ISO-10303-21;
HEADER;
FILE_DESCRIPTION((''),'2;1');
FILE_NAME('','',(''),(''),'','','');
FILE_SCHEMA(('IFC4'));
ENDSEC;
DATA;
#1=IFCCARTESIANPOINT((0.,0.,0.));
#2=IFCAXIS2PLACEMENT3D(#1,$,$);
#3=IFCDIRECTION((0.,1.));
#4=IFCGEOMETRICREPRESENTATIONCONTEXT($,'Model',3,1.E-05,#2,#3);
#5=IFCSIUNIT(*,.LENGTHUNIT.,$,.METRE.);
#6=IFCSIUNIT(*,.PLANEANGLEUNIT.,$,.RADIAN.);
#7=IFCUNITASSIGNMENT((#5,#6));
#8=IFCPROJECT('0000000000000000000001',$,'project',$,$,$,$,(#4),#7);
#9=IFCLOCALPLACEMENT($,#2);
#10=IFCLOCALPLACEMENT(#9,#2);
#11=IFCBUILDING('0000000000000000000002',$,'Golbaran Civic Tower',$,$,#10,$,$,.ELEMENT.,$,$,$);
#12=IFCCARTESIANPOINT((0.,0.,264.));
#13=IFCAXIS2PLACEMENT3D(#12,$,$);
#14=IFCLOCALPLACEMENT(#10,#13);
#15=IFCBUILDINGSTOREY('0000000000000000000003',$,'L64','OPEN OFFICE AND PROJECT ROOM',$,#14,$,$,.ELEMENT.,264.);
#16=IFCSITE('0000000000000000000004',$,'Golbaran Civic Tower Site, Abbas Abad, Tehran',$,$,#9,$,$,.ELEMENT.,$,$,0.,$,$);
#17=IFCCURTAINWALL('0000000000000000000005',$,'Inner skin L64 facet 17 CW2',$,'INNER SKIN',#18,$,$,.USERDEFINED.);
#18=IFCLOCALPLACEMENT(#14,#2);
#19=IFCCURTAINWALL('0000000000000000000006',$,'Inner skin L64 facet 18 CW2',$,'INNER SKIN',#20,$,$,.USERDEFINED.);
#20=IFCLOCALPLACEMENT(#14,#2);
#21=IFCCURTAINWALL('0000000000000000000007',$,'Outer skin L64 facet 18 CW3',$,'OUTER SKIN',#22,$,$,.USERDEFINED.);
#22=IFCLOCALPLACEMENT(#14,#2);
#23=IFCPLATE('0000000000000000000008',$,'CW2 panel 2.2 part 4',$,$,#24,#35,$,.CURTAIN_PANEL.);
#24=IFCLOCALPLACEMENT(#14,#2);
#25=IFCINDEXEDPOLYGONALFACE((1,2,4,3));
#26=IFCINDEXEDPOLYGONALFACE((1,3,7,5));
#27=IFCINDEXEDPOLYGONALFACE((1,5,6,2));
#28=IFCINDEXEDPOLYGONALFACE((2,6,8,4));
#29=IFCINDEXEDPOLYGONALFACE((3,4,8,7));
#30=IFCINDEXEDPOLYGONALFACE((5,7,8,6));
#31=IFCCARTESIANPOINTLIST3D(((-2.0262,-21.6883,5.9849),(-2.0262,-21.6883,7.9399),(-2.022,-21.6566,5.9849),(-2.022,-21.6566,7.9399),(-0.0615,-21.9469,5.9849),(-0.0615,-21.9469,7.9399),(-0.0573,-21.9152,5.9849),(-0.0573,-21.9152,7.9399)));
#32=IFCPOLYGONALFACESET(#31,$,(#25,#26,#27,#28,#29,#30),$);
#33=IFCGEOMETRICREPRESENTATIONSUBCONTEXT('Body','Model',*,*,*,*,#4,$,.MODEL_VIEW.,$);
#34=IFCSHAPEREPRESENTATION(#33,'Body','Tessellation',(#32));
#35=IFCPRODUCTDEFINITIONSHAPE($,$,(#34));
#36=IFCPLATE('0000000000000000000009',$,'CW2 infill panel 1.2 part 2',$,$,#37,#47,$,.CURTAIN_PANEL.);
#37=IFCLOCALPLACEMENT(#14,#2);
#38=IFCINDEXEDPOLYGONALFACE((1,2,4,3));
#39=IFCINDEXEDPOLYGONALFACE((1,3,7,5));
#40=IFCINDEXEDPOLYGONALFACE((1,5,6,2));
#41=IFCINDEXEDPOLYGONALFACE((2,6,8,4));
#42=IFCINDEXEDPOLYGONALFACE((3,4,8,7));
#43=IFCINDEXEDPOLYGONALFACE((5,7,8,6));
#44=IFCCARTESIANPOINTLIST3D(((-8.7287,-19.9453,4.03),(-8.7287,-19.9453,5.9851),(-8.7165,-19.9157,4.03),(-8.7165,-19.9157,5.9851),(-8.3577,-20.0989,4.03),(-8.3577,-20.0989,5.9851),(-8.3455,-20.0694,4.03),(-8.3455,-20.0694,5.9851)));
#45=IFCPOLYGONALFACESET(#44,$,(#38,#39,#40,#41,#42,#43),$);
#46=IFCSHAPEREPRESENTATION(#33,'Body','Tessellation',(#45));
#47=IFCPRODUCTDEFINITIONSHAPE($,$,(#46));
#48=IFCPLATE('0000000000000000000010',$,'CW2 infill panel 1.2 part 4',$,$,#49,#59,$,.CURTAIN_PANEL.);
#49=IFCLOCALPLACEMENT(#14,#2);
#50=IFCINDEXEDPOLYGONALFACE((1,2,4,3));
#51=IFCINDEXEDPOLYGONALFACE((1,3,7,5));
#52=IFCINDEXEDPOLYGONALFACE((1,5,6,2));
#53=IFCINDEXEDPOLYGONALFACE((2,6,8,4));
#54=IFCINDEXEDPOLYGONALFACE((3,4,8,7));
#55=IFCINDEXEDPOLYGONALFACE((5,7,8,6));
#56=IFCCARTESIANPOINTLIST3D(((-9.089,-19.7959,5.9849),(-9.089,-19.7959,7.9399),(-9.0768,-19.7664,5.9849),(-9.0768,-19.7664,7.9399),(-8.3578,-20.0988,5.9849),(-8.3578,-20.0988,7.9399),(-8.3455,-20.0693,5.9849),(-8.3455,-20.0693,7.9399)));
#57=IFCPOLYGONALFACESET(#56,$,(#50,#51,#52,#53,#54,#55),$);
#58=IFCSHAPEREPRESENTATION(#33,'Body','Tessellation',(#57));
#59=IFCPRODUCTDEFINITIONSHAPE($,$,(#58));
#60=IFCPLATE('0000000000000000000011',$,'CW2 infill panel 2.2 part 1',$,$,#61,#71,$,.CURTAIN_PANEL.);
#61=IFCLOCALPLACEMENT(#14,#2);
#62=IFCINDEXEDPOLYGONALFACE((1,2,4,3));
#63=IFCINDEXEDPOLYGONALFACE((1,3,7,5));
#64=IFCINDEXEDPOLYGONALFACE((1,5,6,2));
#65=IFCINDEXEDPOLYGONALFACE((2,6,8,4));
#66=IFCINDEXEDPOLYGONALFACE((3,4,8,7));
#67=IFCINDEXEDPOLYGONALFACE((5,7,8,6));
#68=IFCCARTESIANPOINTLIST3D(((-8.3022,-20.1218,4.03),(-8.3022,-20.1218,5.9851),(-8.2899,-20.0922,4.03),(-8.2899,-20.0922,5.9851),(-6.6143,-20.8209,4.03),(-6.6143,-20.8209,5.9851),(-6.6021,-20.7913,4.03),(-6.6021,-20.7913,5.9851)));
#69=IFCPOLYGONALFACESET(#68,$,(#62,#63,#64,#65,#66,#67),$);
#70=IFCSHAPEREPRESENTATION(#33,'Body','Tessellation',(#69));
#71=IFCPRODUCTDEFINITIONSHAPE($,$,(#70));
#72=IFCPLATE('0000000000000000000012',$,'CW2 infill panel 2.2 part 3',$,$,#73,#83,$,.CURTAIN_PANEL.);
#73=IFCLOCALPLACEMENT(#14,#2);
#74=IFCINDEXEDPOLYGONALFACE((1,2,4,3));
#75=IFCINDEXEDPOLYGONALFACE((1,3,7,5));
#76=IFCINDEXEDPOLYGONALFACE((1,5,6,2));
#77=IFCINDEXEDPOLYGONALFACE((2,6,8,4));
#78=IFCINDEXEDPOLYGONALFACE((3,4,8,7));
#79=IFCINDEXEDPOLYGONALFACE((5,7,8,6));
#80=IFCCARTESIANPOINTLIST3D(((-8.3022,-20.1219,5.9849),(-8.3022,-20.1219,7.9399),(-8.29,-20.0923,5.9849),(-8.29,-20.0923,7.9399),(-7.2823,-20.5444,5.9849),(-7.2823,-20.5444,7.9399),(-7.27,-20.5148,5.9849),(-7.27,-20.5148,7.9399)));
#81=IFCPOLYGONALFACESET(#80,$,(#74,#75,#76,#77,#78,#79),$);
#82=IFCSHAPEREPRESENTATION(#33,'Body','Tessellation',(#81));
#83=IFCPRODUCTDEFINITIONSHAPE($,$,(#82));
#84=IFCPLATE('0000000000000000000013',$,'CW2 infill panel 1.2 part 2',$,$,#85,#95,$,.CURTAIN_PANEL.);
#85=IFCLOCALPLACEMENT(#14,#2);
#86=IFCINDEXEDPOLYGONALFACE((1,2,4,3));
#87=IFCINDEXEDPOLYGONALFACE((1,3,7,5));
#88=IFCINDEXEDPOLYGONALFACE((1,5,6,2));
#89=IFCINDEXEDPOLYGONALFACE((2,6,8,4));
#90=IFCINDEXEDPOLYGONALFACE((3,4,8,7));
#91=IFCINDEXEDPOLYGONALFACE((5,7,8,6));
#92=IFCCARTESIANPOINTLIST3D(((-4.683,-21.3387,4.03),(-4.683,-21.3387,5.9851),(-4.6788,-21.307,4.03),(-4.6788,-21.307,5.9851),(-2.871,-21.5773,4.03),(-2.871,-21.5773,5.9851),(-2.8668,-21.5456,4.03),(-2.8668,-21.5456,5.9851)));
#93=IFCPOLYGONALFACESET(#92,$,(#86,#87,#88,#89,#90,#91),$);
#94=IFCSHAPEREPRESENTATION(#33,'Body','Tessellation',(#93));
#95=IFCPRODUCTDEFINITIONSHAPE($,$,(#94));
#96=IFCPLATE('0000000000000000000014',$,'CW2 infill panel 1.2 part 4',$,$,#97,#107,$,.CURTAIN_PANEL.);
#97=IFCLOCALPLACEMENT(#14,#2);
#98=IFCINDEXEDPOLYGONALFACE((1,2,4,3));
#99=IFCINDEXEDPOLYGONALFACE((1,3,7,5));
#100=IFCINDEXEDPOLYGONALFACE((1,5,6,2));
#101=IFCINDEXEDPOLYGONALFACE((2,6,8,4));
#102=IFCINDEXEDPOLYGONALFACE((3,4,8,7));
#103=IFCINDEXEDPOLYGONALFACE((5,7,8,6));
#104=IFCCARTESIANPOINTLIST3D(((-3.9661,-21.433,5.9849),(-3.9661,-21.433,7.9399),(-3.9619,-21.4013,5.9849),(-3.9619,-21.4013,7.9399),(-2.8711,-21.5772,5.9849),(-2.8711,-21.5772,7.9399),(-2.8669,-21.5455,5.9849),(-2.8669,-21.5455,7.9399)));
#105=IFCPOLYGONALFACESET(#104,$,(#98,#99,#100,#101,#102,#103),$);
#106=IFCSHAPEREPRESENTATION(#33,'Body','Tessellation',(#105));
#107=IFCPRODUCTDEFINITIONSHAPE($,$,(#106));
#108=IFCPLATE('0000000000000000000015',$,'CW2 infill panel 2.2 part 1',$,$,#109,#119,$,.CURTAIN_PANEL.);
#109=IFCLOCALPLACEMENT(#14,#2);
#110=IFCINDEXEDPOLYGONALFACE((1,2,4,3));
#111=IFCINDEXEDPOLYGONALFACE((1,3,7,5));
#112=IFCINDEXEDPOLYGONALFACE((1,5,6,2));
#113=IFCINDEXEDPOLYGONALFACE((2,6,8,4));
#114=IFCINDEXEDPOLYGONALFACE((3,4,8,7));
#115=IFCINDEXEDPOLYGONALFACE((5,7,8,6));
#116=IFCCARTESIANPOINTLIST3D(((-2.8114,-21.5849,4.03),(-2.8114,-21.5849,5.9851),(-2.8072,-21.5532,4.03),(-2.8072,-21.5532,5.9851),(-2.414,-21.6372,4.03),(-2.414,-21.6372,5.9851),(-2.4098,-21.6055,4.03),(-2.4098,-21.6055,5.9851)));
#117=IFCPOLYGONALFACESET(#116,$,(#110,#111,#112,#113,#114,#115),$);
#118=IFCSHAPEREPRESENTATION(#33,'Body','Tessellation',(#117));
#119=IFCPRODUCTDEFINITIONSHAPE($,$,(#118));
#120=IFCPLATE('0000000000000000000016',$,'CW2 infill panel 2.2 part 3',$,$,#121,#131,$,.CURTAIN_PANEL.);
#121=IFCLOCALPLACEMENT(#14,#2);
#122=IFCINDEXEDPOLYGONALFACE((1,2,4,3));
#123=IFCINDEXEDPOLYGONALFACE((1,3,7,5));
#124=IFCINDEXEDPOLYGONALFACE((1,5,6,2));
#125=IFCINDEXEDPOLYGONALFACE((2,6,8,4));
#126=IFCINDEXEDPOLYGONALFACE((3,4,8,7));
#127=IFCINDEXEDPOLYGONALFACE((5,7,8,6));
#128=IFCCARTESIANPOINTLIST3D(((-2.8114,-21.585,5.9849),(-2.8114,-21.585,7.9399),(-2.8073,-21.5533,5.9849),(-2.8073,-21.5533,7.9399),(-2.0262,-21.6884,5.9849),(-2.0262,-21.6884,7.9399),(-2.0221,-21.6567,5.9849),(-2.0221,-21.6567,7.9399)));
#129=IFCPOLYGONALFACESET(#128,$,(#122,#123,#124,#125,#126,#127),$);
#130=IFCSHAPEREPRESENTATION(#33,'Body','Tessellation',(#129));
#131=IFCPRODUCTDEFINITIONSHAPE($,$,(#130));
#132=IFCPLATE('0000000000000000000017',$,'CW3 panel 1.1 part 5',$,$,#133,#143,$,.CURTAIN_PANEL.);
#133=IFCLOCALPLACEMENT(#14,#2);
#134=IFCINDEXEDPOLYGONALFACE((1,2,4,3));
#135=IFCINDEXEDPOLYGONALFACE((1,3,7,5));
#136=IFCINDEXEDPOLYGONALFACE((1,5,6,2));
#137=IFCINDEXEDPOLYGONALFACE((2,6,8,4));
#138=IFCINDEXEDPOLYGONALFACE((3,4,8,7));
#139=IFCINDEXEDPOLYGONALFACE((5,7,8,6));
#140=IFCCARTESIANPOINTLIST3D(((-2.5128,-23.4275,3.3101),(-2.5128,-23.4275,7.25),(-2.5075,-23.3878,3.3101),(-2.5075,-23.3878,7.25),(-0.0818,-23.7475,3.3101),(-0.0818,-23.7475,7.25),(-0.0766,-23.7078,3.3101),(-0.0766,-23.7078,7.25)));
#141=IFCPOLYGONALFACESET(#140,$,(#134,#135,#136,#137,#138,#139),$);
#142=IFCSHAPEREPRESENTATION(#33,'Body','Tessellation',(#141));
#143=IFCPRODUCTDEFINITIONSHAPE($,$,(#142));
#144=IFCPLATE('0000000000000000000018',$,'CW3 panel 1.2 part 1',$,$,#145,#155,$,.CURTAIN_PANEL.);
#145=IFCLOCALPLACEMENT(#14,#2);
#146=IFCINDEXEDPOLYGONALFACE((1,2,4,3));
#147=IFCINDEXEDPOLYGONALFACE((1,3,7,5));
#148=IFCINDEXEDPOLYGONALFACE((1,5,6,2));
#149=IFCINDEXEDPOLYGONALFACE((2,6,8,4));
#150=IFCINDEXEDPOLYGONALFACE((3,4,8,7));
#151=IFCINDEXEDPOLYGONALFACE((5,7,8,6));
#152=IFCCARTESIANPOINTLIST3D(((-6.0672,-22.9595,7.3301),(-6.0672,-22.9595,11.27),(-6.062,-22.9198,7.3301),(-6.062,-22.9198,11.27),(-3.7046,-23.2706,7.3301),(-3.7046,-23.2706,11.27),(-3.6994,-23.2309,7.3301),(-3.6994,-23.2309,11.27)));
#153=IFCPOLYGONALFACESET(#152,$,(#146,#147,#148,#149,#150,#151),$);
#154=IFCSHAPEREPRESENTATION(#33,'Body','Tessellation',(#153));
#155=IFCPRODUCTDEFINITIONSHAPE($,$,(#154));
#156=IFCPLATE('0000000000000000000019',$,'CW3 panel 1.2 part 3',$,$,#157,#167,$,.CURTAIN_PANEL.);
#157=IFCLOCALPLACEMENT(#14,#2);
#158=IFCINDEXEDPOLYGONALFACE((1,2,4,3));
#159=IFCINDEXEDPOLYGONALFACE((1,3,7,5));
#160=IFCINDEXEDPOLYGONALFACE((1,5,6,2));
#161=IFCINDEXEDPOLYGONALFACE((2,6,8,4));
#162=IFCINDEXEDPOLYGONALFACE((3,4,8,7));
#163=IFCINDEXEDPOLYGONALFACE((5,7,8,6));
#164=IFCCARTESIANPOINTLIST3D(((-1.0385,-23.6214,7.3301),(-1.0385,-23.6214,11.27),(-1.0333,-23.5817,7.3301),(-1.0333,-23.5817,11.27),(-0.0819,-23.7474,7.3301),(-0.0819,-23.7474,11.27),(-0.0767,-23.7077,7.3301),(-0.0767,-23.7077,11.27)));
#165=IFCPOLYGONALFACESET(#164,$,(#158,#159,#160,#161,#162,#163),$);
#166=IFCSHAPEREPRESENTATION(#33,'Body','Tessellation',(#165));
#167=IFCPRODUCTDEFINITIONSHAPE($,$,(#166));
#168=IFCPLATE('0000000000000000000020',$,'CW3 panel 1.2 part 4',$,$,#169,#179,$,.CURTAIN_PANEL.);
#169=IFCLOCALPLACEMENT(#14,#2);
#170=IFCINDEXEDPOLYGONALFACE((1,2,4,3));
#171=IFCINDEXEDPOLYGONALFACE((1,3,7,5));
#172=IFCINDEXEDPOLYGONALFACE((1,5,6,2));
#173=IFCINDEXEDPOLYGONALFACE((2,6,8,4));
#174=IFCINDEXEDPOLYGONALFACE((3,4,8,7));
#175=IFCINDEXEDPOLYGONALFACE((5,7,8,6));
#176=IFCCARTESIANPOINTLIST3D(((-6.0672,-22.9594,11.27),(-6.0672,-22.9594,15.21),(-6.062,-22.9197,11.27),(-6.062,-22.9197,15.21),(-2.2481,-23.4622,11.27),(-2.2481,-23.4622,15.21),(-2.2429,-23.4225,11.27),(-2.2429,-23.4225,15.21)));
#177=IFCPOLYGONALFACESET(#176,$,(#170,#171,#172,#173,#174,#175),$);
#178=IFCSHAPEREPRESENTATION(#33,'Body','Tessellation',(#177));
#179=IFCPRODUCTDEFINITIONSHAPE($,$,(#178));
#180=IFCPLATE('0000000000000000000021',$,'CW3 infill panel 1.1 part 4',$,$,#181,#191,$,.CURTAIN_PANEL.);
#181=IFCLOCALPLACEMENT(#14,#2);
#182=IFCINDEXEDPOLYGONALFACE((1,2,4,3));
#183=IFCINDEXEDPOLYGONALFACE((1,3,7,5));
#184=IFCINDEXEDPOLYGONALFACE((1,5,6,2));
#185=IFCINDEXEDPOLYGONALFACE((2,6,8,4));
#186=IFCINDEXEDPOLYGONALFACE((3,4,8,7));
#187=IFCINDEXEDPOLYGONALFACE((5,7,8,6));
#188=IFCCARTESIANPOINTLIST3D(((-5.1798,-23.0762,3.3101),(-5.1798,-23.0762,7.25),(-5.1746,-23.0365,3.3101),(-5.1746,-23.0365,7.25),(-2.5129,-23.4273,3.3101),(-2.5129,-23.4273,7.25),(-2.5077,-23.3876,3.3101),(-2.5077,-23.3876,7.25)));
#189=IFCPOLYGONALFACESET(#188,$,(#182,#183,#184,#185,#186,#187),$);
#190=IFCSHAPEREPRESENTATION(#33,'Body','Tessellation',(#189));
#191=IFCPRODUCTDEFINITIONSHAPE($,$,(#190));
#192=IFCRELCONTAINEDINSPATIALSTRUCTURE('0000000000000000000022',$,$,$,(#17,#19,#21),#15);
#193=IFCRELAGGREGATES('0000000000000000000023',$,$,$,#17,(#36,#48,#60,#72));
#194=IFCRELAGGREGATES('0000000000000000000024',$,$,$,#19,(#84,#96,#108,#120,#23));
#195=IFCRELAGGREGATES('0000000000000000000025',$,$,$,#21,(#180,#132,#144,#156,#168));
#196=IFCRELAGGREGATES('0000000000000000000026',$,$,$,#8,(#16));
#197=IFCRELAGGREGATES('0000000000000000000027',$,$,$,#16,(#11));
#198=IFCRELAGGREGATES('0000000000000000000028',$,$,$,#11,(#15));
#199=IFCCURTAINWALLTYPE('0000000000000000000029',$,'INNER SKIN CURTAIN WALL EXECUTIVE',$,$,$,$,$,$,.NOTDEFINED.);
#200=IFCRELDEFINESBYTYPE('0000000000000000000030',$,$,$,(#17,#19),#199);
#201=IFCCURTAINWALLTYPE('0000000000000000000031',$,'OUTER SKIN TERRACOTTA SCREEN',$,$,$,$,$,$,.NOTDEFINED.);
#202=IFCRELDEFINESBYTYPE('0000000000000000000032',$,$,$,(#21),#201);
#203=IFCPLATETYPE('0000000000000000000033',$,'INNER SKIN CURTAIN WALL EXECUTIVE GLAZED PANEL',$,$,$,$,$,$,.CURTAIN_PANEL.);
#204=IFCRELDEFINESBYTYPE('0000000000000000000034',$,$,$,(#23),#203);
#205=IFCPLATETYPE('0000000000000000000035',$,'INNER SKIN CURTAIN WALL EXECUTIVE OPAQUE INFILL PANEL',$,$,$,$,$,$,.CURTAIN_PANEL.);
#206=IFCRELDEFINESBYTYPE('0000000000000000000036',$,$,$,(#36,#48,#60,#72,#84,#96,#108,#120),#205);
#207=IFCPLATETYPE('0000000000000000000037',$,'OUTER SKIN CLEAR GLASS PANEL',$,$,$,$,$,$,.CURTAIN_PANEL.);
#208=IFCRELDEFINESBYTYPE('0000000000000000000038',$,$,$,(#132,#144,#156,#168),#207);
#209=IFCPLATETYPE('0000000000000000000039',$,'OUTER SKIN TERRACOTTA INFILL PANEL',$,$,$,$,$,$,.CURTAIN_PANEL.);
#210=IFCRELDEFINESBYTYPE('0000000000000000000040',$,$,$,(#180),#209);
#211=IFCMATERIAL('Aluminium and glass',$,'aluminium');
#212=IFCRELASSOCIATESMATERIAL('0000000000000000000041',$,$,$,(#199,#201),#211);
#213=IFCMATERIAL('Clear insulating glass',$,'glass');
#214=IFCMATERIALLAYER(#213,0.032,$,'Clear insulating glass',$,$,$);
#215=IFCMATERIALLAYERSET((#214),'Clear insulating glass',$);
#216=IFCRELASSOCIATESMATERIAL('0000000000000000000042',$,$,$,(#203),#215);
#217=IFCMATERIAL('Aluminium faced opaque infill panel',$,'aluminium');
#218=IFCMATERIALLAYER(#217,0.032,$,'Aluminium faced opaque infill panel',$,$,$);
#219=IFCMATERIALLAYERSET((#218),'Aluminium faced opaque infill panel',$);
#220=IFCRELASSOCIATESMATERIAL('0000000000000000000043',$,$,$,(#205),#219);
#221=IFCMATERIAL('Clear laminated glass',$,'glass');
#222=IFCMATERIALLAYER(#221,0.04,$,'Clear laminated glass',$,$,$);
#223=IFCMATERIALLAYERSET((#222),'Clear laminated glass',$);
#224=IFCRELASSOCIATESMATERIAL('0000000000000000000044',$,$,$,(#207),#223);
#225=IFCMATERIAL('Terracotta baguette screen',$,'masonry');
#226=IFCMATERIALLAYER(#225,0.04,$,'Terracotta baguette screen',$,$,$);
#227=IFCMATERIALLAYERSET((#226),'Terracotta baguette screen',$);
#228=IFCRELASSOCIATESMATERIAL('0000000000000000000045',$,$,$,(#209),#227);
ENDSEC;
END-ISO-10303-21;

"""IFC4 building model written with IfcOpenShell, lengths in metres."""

from ifc_helpers import new_model, si_unit, direction, frame, origin, origin_2d, place, context, subcontext, project, spatial, rectangle, extrude, material, layer, layer_set, type_object, element, aggregate, save


model = new_model("IFC4")

# Units and contexts
model_context = context("Model", 3, precision=1e-05, world=origin(), true_north=direction((0.0, 1.0)))
body_context = subcontext(model_context, "Body", "Model", "MODEL_VIEW")
ifc_project = project(units=[si_unit("LENGTHUNIT", "METRE"), si_unit("PLANEANGLEUNIT", "RADIAN")], contexts=[model_context])

# Site, building, storey
site_placement = place(None, origin())
site = spatial("IfcSite", under=ifc_project, at=site_placement, Name="Golbaran Civic Tower Site, Abbas Abad, Tehran", CompositionType="ELEMENT", RefElevation=0.0)
building_placement = place(site_placement, origin())
building = spatial("IfcBuilding", under=site, at=building_placement, Name="Golbaran Civic Tower", CompositionType="ELEMENT")
storey_placement = place(building_placement, frame((0.0, 0.0, 264.0)))
storey = spatial("IfcBuildingStorey", under=building, at=storey_placement, Name="L64", Description="OPEN OFFICE AND PROJECT ROOM", CompositionType="ELEMENT", Elevation=264.0)

# Curtain walls
ifc_material_1 = material(Name="Aluminium and glass", Category="aluminium")
curtain_wall_type_1 = type_object("IfcCurtainWallType", Name="INNER SKIN CURTAIN WALL EXECUTIVE", PredefinedType="NOTDEFINED", material=ifc_material_1)
curtain_wall_1_placement = place(storey_placement, origin())
curtain_wall_1 = element("IfcCurtainWall", 1, at=curtain_wall_1_placement, inside=storey, type_object=curtain_wall_type_1, Name="Inner skin L64 facet 17 CW2", ObjectType="INNER SKIN", PredefinedType="USERDEFINED")
curtain_wall_2_placement = place(storey_placement, origin())
curtain_wall_2 = element("IfcCurtainWall", 2, at=curtain_wall_2_placement, inside=storey, type_object=curtain_wall_type_1, Name="Inner skin L64 facet 18 CW2", ObjectType="INNER SKIN", PredefinedType="USERDEFINED")
curtain_wall_type_2 = type_object("IfcCurtainWallType", Name="OUTER SKIN TERRACOTTA SCREEN", PredefinedType="NOTDEFINED", material=ifc_material_1)
curtain_wall_3_placement = place(storey_placement, origin())
curtain_wall_3 = element("IfcCurtainWall", 3, at=curtain_wall_3_placement, inside=storey, type_object=curtain_wall_type_2, Name="Outer skin L64 facet 18 CW3", ObjectType="OUTER SKIN", PredefinedType="USERDEFINED")

# Plates
ifc_material_2 = material(Name="Clear insulating glass", Category="glass")
ifc_layer_1 = layer(ifc_material_2, 0.032, Name="Clear insulating glass")
ifc_layer_set_1 = layer_set([ifc_layer_1], Name="Clear insulating glass")
plate_type_1 = type_object("IfcPlateType", Name="INNER SKIN CURTAIN WALL EXECUTIVE GLAZED PANEL", PredefinedType="CURTAIN_PANEL", material=ifc_layer_set_1)
plate_1_placement = place(storey_placement, frame((-1.0417, -21.8018, 5.9849), z_axis=(0.0, 0.0, 1.0), x_axis=(0.991445, -0.130526, 0.0)))
plate_1 = element("IfcPlate", 4, at=plate_1_placement, type_object=plate_type_1, Name="CW2 panel 2.2 part 4", PredefinedType="CURTAIN_PANEL", context=body_context, shape_type="SweptSolid", body=[
    extrude(rectangle(XDim=1.9817, YDim=0.032, at=origin_2d()), origin(), (0.0, 0.0, 1.0), 1.9551),
])
ifc_material_3 = material(Name="Aluminium faced opaque infill panel", Category="aluminium")
ifc_layer_2 = layer(ifc_material_3, 0.032, Name="Aluminium faced opaque infill panel")
ifc_layer_set_2 = layer_set([ifc_layer_2], Name="Aluminium faced opaque infill panel")
plate_type_2 = type_object("IfcPlateType", Name="INNER SKIN CURTAIN WALL EXECUTIVE OPAQUE INFILL PANEL", PredefinedType="CURTAIN_PANEL", material=ifc_layer_set_2)
plate_2_placement = place(storey_placement, frame((-8.5371, -20.0073, 4.03), z_axis=(0.0, 0.0, 1.0), x_axis=(0.92388, -0.382683, 0.0)))
plate_2 = element("IfcPlate", 5, at=plate_2_placement, type_object=plate_type_2, Name="CW2 infill panel 1.2 part 2", PredefinedType="CURTAIN_PANEL", context=body_context, shape_type="SweptSolid", body=[
    extrude(rectangle(XDim=0.4016, YDim=0.032, at=origin_2d()), origin(), (0.0, 0.0, 1.0), 1.9551),
])
plate_3_placement = place(storey_placement, frame((-8.7173, -19.9326, 5.9849), z_axis=(0.0, 0.0, 1.0), x_axis=(0.92388, -0.382683, 0.0)))
plate_3 = element("IfcPlate", 6, at=plate_3_placement, type_object=plate_type_2, Name="CW2 infill panel 1.2 part 4", PredefinedType="CURTAIN_PANEL", context=body_context, shape_type="SweptSolid", body=[
    extrude(rectangle(XDim=0.7915, YDim=0.032, at=origin_2d()), origin(), (0.0, 0.0, 1.0), 1.9551),
])
plate_4_placement = place(storey_placement, frame((-7.4521, -20.4565, 4.03), z_axis=(0.0, 0.0, 1.0), x_axis=(0.92388, -0.382683, 0.0)))
plate_4 = element("IfcPlate", 7, at=plate_4_placement, type_object=plate_type_2, Name="CW2 infill panel 2.2 part 1", PredefinedType="CURTAIN_PANEL", context=body_context, shape_type="SweptSolid", body=[
    extrude(rectangle(XDim=1.8269, YDim=0.032, at=origin_2d()), origin(), (0.0, 0.0, 1.0), 1.9551),
])
plate_5_placement = place(storey_placement, frame((-7.7861, -20.3184, 5.9849), z_axis=(0.0, 0.0, 1.0), x_axis=(0.92388, -0.382683, 0.0)))
plate_5 = element("IfcPlate", 8, at=plate_5_placement, type_object=plate_type_2, Name="CW2 infill panel 2.2 part 3", PredefinedType="CURTAIN_PANEL", context=body_context, shape_type="SweptSolid", body=[
    extrude(rectangle(XDim=1.104, YDim=0.032, at=origin_2d()), origin(), (0.0, 0.0, 1.0), 1.9551),
])
aggregate(curtain_wall_1, [plate_2, plate_3, plate_4, plate_5])
plate_6_placement = place(storey_placement, frame((-3.7749, -21.4421, 4.03), z_axis=(0.0, 0.0, 1.0), x_axis=(0.991445, -0.130526, 0.0)))
plate_6 = element("IfcPlate", 9, at=plate_6_placement, type_object=plate_type_2, Name="CW2 infill panel 1.2 part 2", PredefinedType="CURTAIN_PANEL", context=body_context, shape_type="SweptSolid", body=[
    extrude(rectangle(XDim=1.8276, YDim=0.032, at=origin_2d()), origin(), (0.0, 0.0, 1.0), 1.9551),
])
plate_7_placement = place(storey_placement, frame((-3.4165, -21.4893, 5.9849), z_axis=(0.0, 0.0, 1.0), x_axis=(0.991445, -0.130526, 0.0)))
plate_7 = element("IfcPlate", 10, at=plate_7_placement, type_object=plate_type_2, Name="CW2 infill panel 1.2 part 4", PredefinedType="CURTAIN_PANEL", context=body_context, shape_type="SweptSolid", body=[
    extrude(rectangle(XDim=1.1045, YDim=0.032, at=origin_2d()), origin(), (0.0, 0.0, 1.0), 1.9551),
])
plate_8_placement = place(storey_placement, frame((-2.6106, -21.5952, 4.03), z_axis=(0.0, 0.0, 1.0), x_axis=(0.991445, -0.130526, 0.0)))
plate_8 = element("IfcPlate", 11, at=plate_8_placement, type_object=plate_type_2, Name="CW2 infill panel 2.2 part 1", PredefinedType="CURTAIN_PANEL", context=body_context, shape_type="SweptSolid", body=[
    extrude(rectangle(XDim=0.4009, YDim=0.032, at=origin_2d()), origin(), (0.0, 0.0, 1.0), 1.9551),
])
plate_9_placement = place(storey_placement, frame((-2.4167, -21.6208, 5.9849), z_axis=(0.0, 0.0, 1.0), x_axis=(0.991445, -0.130526, 0.0)))
plate_9 = element("IfcPlate", 12, at=plate_9_placement, type_object=plate_type_2, Name="CW2 infill panel 2.2 part 3", PredefinedType="CURTAIN_PANEL", context=body_context, shape_type="SweptSolid", body=[
    extrude(rectangle(XDim=0.792, YDim=0.032, at=origin_2d()), origin(), (0.0, 0.0, 1.0), 1.9551),
])
aggregate(curtain_wall_2, [plate_6, plate_7, plate_8, plate_9, plate_1])
ifc_material_4 = material(Name="Clear laminated glass", Category="glass")
ifc_layer_3 = layer(ifc_material_4, 0.04, Name="Clear laminated glass")
ifc_layer_set_3 = layer_set([ifc_layer_3], Name="Clear laminated glass")
plate_type_3 = type_object("IfcPlateType", Name="OUTER SKIN CLEAR GLASS PANEL", PredefinedType="CURTAIN_PANEL", material=ifc_layer_set_3)
plate_10_placement = place(storey_placement, frame((-1.2947, -23.5676, 3.3101), z_axis=(0.0, 0.0, 1.0), x_axis=(0.991445, -0.130526, 0.0)))
plate_10 = element("IfcPlate", 13, at=plate_10_placement, type_object=plate_type_3, Name="CW3 panel 1.1 part 5", PredefinedType="CURTAIN_PANEL", context=body_context, shape_type="SweptSolid", body=[
    extrude(rectangle(XDim=2.4519, YDim=0.04, at=origin_2d()), origin(), (0.0, 0.0, 1.0), 3.9399),
])
plate_11_placement = place(storey_placement, frame((-4.8833, -23.0952, 7.3301), z_axis=(0.0, 0.0, 1.0), x_axis=(0.991445, -0.130526, 0.0)))
plate_11 = element("IfcPlate", 14, at=plate_11_placement, type_object=plate_type_3, Name="CW3 panel 1.2 part 1", PredefinedType="CURTAIN_PANEL", context=body_context, shape_type="SweptSolid", body=[
    extrude(rectangle(XDim=2.3831, YDim=0.04, at=origin_2d()), origin(), (0.0, 0.0, 1.0), 3.9399),
])
plate_12_placement = place(storey_placement, frame((-0.5576, -23.6646, 7.3301), z_axis=(0.0, 0.0, 1.0), x_axis=(0.991445, -0.130526, 0.0)))
plate_12 = element("IfcPlate", 15, at=plate_12_placement, type_object=plate_type_3, Name="CW3 panel 1.2 part 3", PredefinedType="CURTAIN_PANEL", context=body_context, shape_type="SweptSolid", body=[
    extrude(rectangle(XDim=0.9648, YDim=0.04, at=origin_2d()), origin(), (0.0, 0.0, 1.0), 3.9399),
])
plate_13_placement = place(storey_placement, frame((-4.155, -23.1909, 11.27), z_axis=(0.0, 0.0, 1.0), x_axis=(0.991445, -0.130526, 0.0)))
plate_13 = element("IfcPlate", 16, at=plate_13_placement, type_object=plate_type_3, Name="CW3 panel 1.2 part 4", PredefinedType="CURTAIN_PANEL", context=body_context, shape_type="SweptSolid", body=[
    extrude(rectangle(XDim=3.8521, YDim=0.04, at=origin_2d()), origin(), (0.0, 0.0, 1.0), 3.9399),
])
ifc_material_5 = material(Name="Terracotta baguette screen", Category="masonry")
ifc_layer_4 = layer(ifc_material_5, 0.04, Name="Terracotta baguette screen")
ifc_layer_set_4 = layer_set([ifc_layer_4], Name="Terracotta baguette screen")
plate_type_4 = type_object("IfcPlateType", Name="OUTER SKIN TERRACOTTA INFILL PANEL", PredefinedType="CURTAIN_PANEL", material=ifc_layer_set_4)
plate_14_placement = place(storey_placement, frame((-3.8438, -23.2319, 3.3101), z_axis=(0.0, 0.0, 1.0), x_axis=(0.991445, -0.130526, 0.0)))
plate_14 = element("IfcPlate", 17, at=plate_14_placement, type_object=plate_type_4, Name="CW3 infill panel 1.1 part 4", PredefinedType="CURTAIN_PANEL", context=body_context, shape_type="SweptSolid", body=[
    extrude(rectangle(XDim=2.6899, YDim=0.04, at=origin_2d()), origin(), (0.0, 0.0, 1.0), 3.9399),
])
aggregate(curtain_wall_3, [plate_14, plate_10, plate_11, plate_12, plate_13])

save(model, "model.ifc")
